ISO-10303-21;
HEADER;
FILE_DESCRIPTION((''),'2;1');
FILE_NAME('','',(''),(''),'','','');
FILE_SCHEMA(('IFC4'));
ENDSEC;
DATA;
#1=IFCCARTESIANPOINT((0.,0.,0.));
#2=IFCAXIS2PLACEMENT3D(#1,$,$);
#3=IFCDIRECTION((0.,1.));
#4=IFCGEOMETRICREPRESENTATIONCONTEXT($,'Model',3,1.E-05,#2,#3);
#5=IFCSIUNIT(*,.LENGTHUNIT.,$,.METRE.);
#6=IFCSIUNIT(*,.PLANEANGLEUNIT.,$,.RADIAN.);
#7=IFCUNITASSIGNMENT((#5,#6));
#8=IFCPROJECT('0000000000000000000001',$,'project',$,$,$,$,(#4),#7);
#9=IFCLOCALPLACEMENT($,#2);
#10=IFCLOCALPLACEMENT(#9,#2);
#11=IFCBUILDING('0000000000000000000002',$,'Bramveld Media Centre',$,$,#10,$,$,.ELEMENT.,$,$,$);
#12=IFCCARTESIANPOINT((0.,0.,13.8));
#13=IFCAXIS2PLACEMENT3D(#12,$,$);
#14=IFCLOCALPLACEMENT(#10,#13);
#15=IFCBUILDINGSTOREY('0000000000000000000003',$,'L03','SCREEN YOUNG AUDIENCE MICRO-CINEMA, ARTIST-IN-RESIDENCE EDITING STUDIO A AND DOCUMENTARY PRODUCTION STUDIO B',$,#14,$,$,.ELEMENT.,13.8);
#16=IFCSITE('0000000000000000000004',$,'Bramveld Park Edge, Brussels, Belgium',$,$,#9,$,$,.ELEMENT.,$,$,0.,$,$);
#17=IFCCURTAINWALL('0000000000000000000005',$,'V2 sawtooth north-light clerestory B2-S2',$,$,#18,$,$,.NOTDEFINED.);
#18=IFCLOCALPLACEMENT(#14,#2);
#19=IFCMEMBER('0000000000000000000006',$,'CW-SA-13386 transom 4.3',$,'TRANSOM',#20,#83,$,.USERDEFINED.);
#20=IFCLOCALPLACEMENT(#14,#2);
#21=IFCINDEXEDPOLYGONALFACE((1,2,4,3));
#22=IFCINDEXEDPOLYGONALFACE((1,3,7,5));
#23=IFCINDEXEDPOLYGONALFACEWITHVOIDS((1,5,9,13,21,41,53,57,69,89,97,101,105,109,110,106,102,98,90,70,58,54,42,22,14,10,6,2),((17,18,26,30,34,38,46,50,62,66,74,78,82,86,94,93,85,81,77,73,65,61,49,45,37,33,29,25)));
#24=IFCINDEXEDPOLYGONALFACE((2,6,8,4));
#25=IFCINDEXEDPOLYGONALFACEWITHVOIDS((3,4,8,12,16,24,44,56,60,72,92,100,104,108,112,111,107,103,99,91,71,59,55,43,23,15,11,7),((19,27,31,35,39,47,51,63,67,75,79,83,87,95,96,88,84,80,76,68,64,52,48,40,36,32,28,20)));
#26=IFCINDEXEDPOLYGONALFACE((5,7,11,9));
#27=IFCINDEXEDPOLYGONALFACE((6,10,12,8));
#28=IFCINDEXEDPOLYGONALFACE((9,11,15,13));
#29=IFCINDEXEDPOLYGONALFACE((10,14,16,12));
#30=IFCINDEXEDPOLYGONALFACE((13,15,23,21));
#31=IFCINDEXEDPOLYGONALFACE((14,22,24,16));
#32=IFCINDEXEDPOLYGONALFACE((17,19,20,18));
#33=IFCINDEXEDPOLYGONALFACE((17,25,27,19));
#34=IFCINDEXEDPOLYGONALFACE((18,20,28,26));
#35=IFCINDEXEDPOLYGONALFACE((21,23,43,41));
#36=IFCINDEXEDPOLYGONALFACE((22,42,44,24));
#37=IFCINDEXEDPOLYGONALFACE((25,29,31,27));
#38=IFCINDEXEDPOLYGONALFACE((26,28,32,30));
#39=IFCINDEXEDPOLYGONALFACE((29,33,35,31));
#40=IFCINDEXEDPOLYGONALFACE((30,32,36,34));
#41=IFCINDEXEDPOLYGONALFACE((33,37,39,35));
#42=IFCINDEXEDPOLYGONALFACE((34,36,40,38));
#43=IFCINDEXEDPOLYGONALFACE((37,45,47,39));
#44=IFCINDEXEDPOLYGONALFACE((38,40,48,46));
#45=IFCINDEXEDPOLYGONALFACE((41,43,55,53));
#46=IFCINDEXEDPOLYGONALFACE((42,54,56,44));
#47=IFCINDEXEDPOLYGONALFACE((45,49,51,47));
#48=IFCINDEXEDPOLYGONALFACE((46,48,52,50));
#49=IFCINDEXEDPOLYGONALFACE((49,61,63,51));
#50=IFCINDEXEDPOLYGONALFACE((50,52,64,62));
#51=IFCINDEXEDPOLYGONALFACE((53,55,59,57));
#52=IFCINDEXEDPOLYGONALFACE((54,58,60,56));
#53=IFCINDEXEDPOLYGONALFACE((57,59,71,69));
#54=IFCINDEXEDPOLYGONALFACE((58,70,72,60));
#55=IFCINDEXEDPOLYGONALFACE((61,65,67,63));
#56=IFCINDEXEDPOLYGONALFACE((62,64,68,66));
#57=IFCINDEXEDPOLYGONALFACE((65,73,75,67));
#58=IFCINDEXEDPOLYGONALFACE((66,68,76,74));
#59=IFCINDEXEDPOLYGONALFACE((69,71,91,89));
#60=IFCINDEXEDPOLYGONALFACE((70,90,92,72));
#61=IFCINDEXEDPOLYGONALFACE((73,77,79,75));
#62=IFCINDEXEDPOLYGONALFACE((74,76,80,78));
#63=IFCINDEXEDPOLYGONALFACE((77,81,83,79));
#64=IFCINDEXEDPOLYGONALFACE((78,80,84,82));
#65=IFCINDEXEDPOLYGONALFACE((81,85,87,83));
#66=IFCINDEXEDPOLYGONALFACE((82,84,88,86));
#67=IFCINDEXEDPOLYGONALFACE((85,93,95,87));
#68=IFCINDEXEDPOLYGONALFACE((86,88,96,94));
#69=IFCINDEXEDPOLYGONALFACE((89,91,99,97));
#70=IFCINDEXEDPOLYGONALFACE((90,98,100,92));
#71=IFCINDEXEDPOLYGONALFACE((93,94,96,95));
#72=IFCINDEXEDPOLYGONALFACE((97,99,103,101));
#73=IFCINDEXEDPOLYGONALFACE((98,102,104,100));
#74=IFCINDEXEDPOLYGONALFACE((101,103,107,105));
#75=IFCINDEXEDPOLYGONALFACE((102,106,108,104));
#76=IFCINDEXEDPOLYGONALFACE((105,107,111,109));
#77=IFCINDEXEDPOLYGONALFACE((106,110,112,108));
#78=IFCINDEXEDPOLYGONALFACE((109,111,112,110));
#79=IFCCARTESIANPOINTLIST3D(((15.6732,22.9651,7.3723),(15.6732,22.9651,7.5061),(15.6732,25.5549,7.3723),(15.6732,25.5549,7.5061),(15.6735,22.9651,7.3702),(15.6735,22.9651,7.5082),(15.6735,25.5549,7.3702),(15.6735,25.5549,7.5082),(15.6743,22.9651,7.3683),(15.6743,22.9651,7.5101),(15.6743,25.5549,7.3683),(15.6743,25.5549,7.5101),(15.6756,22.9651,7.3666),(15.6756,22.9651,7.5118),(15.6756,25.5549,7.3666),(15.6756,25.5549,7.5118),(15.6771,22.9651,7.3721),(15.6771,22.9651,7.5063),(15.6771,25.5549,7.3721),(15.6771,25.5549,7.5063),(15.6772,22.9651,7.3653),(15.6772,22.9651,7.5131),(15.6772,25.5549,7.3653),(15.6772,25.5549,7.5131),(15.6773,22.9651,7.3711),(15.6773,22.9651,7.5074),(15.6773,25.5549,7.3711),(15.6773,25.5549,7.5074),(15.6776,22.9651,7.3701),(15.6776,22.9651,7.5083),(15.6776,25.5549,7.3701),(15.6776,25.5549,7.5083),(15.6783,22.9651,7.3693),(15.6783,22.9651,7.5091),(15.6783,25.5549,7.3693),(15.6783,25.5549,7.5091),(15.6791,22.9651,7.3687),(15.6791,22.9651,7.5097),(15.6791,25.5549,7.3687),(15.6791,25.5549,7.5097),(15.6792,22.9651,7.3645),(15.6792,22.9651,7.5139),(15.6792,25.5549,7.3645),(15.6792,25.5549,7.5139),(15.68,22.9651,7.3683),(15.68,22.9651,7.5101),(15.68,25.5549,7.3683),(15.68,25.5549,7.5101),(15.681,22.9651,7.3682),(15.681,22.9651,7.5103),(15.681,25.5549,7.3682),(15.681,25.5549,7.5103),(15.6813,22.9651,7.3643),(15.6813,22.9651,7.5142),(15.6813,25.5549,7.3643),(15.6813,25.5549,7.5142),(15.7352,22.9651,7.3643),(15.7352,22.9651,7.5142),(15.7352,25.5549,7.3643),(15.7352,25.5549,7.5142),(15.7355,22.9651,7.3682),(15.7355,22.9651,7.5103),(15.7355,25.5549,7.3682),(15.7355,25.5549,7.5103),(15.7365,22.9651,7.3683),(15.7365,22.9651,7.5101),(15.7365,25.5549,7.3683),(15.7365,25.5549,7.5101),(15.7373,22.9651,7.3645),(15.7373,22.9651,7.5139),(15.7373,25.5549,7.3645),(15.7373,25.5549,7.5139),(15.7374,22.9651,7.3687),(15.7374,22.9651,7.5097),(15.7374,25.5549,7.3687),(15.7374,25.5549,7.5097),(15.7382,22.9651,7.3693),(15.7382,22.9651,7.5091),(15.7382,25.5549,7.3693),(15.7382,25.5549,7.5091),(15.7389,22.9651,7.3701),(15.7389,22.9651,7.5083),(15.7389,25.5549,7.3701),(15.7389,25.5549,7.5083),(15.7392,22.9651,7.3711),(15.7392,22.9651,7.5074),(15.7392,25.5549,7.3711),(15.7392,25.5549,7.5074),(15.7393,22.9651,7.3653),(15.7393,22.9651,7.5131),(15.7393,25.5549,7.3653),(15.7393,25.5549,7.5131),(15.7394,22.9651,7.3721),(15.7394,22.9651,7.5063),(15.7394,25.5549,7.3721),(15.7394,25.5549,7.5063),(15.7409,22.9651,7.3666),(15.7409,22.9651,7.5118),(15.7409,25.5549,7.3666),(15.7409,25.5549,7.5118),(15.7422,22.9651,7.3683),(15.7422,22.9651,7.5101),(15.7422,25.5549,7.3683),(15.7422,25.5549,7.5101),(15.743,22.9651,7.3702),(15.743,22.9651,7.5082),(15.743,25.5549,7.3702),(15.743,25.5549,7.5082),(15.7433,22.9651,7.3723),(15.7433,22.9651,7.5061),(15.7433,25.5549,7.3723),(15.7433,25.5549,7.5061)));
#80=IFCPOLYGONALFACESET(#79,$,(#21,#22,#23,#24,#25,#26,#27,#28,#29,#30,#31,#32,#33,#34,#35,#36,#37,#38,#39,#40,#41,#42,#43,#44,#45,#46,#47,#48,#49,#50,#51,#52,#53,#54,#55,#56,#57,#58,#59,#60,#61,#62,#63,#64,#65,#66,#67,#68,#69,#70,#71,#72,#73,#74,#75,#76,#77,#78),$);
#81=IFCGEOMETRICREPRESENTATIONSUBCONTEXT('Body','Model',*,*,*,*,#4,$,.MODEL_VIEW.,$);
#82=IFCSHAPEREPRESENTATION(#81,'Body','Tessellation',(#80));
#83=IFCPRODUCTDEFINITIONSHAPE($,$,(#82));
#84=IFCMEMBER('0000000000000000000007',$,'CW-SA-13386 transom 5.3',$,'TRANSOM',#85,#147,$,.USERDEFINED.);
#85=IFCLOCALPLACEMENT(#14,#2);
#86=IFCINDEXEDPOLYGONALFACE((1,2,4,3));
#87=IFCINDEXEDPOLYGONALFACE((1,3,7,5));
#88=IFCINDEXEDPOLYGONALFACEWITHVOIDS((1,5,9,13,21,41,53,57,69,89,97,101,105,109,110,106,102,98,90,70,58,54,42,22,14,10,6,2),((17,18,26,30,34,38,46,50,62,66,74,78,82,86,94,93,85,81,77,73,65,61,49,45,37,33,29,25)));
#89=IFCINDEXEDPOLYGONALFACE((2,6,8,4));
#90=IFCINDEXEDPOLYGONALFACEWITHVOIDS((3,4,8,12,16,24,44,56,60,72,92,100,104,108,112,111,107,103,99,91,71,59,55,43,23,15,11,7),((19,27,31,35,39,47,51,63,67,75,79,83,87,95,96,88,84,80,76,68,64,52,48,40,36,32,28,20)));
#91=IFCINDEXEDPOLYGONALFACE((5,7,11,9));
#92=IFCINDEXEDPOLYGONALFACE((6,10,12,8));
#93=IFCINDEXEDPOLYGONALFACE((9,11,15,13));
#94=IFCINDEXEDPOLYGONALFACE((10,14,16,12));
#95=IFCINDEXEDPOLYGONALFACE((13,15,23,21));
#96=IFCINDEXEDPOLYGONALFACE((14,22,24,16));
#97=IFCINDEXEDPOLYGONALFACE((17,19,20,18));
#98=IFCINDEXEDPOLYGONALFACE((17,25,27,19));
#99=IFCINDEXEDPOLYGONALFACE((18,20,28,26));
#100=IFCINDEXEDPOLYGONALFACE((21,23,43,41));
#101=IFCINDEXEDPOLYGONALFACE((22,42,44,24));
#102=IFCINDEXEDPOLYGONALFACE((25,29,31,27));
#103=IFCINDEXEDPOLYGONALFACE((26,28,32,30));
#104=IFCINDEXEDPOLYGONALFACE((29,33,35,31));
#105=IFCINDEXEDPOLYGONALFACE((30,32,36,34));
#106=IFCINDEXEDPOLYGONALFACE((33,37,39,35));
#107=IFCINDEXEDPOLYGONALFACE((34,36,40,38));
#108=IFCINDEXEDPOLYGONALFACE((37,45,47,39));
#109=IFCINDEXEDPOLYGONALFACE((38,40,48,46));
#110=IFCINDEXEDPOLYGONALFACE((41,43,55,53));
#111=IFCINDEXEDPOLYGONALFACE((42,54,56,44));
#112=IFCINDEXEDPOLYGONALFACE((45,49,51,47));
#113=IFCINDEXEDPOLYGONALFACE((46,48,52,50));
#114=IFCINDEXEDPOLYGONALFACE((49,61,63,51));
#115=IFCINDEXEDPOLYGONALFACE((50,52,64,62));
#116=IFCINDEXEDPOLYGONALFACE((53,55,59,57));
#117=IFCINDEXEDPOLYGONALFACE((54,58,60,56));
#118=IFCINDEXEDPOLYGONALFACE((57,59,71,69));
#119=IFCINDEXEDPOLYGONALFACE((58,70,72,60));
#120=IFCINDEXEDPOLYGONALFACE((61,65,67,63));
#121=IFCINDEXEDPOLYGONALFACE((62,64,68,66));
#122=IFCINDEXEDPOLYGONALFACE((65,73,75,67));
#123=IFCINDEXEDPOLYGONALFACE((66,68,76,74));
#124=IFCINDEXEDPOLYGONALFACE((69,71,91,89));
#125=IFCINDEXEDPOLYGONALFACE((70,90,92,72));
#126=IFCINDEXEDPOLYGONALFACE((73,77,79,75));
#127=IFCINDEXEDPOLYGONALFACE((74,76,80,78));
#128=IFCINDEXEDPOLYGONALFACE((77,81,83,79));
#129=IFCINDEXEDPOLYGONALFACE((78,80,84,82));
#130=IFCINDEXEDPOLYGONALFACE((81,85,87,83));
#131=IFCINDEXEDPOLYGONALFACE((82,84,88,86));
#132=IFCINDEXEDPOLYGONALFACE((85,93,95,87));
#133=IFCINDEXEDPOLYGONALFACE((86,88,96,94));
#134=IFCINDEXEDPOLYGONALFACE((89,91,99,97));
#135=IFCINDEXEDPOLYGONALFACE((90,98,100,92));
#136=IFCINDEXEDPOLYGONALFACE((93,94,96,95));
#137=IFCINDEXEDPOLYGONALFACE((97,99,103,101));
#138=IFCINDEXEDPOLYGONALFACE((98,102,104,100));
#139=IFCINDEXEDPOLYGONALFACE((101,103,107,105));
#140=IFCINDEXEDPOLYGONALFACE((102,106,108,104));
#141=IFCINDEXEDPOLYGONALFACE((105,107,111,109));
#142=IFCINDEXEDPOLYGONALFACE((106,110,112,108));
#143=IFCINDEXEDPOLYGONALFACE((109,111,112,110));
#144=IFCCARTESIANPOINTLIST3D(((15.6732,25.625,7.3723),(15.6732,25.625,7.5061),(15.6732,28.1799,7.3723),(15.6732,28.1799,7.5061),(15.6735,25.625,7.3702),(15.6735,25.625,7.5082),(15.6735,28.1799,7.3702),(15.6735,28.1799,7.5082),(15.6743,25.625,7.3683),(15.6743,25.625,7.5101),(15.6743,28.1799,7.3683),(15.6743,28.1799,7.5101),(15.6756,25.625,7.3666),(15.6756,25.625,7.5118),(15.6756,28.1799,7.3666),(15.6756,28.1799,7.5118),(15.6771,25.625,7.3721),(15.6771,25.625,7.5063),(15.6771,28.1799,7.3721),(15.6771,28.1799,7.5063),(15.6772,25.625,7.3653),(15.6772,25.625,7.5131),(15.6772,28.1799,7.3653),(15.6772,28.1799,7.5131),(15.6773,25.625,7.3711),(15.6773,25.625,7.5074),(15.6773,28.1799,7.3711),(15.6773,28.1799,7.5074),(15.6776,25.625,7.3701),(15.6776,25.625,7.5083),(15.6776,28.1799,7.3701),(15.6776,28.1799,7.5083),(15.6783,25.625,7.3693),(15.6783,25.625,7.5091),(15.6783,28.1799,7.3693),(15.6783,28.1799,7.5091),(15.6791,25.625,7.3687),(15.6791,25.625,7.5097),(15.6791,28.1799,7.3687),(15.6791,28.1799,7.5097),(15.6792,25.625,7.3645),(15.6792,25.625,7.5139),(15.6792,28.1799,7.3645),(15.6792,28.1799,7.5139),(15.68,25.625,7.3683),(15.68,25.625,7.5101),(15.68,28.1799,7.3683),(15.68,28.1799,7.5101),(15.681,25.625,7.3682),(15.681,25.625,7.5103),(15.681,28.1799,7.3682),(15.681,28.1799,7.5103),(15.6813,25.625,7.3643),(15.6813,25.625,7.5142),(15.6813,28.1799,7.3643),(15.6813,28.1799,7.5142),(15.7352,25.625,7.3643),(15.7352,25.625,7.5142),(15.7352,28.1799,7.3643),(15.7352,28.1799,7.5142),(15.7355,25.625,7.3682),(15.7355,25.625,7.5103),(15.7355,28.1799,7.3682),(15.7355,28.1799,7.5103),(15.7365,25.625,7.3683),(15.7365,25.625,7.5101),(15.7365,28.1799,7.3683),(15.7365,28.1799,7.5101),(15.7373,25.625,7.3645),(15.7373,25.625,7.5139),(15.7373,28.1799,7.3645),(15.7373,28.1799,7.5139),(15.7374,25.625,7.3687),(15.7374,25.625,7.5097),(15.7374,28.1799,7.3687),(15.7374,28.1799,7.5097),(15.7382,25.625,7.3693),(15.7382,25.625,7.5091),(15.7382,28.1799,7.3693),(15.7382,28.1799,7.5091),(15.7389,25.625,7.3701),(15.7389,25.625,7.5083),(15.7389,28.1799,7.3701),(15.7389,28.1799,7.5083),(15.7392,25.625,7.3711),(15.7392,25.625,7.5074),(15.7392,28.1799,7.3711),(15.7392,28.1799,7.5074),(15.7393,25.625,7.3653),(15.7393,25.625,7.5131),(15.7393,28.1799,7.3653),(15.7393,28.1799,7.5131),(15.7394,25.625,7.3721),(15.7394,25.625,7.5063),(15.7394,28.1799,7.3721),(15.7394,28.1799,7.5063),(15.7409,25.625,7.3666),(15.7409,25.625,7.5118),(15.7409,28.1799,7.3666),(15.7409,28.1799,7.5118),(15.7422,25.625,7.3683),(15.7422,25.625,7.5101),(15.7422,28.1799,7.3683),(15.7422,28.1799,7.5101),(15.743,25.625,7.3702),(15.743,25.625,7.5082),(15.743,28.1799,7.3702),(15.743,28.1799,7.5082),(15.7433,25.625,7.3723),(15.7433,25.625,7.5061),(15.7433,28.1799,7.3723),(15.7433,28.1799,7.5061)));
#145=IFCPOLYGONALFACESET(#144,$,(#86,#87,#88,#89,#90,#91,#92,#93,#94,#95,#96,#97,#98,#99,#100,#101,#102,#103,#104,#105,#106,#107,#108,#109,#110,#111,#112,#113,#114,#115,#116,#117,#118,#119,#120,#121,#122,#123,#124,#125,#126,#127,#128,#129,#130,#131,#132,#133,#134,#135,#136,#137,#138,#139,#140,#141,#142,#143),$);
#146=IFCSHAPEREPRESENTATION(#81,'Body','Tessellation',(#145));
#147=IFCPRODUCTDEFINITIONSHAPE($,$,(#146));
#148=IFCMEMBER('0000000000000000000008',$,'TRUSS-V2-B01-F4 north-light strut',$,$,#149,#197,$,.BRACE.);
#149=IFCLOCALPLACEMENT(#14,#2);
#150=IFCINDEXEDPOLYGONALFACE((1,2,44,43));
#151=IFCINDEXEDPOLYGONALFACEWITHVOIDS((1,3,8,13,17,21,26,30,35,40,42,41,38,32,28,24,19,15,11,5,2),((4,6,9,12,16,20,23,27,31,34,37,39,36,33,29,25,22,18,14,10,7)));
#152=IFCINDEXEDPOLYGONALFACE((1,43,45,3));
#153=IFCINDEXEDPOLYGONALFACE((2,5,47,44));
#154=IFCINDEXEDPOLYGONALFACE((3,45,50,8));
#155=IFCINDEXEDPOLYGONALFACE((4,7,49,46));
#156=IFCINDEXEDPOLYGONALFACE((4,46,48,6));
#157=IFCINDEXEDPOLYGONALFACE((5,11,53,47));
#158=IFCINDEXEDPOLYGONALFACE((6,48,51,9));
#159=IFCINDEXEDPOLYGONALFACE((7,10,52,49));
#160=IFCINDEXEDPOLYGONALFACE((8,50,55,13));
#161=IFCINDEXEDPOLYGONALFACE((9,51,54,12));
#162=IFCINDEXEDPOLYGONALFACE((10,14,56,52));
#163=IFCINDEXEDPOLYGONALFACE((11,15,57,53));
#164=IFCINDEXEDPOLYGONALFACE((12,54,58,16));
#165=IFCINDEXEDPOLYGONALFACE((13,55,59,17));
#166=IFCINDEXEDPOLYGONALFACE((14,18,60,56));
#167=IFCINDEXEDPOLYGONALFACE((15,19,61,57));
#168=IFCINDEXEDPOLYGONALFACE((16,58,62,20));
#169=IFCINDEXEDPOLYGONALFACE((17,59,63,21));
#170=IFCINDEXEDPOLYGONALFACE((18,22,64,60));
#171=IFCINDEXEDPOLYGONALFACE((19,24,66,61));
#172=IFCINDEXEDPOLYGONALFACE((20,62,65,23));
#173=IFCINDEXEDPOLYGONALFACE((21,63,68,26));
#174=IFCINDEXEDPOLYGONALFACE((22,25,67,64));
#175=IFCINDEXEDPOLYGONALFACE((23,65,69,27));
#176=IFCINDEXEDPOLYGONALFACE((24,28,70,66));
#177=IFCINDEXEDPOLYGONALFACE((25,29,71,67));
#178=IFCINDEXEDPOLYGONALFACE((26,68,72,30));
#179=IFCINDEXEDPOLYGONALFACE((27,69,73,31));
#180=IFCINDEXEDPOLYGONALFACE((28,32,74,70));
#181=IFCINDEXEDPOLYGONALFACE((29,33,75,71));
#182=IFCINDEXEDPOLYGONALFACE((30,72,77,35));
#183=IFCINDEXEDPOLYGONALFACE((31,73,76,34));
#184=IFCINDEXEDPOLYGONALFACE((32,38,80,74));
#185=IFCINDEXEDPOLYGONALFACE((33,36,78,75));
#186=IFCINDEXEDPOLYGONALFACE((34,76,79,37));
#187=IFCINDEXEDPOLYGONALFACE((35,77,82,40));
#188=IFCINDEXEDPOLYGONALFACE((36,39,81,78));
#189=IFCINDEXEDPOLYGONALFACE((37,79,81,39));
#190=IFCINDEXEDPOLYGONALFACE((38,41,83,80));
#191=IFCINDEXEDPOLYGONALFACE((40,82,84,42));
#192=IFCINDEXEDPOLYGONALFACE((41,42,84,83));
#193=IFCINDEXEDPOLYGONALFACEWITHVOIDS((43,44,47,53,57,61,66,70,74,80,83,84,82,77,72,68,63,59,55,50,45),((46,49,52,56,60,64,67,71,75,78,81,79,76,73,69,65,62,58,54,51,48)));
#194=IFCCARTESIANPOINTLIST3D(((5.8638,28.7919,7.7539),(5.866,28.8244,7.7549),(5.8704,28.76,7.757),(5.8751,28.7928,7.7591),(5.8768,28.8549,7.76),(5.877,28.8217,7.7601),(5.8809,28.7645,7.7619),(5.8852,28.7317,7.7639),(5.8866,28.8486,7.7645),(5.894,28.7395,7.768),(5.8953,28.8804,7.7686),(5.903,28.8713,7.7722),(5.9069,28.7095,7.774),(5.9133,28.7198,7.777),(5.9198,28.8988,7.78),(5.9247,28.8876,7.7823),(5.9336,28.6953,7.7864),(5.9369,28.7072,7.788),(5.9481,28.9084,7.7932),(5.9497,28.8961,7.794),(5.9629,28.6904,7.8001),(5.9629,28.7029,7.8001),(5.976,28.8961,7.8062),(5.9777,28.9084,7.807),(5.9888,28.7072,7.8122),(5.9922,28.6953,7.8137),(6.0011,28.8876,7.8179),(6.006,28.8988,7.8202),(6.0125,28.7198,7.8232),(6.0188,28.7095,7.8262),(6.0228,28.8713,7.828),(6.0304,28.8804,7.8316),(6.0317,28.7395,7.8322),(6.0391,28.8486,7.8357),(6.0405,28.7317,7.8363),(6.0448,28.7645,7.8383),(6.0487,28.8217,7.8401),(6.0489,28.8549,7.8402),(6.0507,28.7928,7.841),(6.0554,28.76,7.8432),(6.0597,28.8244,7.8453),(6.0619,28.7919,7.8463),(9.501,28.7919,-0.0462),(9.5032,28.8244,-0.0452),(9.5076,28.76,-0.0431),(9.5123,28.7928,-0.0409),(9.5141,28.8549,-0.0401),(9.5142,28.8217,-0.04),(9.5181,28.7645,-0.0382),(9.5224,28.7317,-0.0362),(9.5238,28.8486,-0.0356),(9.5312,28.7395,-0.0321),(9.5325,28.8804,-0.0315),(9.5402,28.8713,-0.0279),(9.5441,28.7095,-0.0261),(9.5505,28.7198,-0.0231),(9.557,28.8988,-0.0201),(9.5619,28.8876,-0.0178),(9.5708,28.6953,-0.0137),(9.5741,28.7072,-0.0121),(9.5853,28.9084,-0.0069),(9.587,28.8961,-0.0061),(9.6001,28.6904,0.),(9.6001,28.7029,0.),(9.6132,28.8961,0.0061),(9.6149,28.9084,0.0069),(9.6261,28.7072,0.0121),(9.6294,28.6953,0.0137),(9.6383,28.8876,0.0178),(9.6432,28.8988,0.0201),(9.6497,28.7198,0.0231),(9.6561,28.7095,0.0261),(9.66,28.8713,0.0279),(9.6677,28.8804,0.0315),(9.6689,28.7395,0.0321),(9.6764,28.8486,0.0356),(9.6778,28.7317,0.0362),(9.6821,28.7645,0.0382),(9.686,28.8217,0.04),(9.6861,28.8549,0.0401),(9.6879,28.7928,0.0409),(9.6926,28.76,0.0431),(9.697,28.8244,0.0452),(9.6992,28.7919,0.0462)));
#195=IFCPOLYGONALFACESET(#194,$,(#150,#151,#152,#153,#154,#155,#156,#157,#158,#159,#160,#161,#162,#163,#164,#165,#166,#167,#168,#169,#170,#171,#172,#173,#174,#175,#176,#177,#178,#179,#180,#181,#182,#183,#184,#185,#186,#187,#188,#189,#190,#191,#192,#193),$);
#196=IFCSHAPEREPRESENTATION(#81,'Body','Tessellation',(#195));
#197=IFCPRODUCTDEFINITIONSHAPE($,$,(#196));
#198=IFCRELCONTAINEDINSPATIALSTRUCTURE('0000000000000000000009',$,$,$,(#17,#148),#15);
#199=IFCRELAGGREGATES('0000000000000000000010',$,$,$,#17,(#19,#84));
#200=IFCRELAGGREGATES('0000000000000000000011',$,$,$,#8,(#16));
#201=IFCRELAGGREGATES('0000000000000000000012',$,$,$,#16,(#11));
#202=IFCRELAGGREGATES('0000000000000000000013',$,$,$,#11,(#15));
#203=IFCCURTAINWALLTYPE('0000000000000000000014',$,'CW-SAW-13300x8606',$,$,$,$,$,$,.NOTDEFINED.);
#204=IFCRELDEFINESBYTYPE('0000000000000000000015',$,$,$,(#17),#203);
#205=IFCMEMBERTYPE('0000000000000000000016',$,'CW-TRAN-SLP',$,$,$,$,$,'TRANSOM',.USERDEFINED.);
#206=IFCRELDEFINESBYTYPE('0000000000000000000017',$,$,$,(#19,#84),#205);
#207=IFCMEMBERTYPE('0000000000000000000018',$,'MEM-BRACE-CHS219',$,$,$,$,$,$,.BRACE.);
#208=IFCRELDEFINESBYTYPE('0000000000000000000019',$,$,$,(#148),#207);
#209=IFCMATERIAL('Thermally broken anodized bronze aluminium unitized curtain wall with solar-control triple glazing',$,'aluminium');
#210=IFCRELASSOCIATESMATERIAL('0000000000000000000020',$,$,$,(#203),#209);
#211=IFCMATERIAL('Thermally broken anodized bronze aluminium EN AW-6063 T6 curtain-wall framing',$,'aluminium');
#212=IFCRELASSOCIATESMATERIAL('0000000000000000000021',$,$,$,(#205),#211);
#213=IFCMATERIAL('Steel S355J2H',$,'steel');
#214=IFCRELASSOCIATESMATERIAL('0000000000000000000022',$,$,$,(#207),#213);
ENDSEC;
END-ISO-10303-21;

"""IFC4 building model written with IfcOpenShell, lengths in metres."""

from ifc_helpers import new_model, si_unit, direction, frame, origin, origin_2d, place, context, subcontext, project, spatial, hollow_rectangle, hollow_circle, extrude, material, material_profile, profile_set, type_object, element, aggregate, save


model = new_model("IFC4")

# Units and contexts
model_context = context("Model", 3, precision=1e-05, world=origin(), true_north=direction((0.0, 1.0)))
body_context = subcontext(model_context, "Body", "Model", "MODEL_VIEW")
ifc_project = project(units=[si_unit("LENGTHUNIT", "METRE"), si_unit("PLANEANGLEUNIT", "RADIAN")], contexts=[model_context])

# Site, building, storey
site_placement = place(None, origin())
site = spatial("IfcSite", under=ifc_project, at=site_placement, Name="Bramveld Park Edge, Brussels, Belgium", CompositionType="ELEMENT", RefElevation=0.0)
building_placement = place(site_placement, origin())
building = spatial("IfcBuilding", under=site, at=building_placement, Name="Bramveld Media Centre", CompositionType="ELEMENT")
storey_placement = place(building_placement, frame((0.0, 0.0, 13.8)))
storey = spatial("IfcBuildingStorey", under=building, at=storey_placement, Name="L03", Description="SCREEN YOUNG AUDIENCE MICRO-CINEMA, ARTIST-IN-RESIDENCE EDITING STUDIO A AND DOCUMENTARY PRODUCTION STUDIO B", CompositionType="ELEMENT", Elevation=13.8)

# Curtain wall, members
ifc_material_1 = material(Name="Thermally broken anodized bronze aluminium unitized curtain wall with solar-control triple glazing", Category="aluminium")
curtain_wall_type = type_object("IfcCurtainWallType", Name="CW-SAW-13300x8606", PredefinedType="NOTDEFINED", material=ifc_material_1)
ifc_material_2 = material(Name="Thermally broken anodized bronze aluminium EN AW-6063 T6 curtain-wall framing", Category="aluminium")
ifc_material_profile_1 = material_profile(ifc_material_2, hollow_rectangle(XDim=0.0701, YDim=0.1499, WallThickness=0.0039, InnerFilletRadius=0.0039, OuterFilletRadius=0.0081, at=origin_2d()), Name="AL-TRAN 70x150")
ifc_profile_set_1 = profile_set([ifc_material_profile_1], Name="Thermally broken anodized bronze aluminium EN AW-6063 T6 curtain-wall framing")
member_type_1 = type_object("IfcMemberType", Name="CW-TRAN-SLP", ElementType="TRANSOM", PredefinedType="USERDEFINED", material=ifc_profile_set_1)
curtain_wall_1_placement = place(storey_placement, origin())
curtain_wall_1 = element("IfcCurtainWall", 1, at=curtain_wall_1_placement, inside=storey, type_object=curtain_wall_type, Name="V2 sawtooth north-light clerestory B2-S2", PredefinedType="NOTDEFINED")
member_1_placement = place(storey_placement, frame((15.7083, 22.9651, 7.4392), z_axis=(0.0, 1.0, 0.0), x_axis=(-1.0, 0.0, 0.0)))
member_1 = element("IfcMember", 2, at=member_1_placement, type_object=member_type_1, Name="CW-SA-13386 transom 4.3", ObjectType="TRANSOM", PredefinedType="USERDEFINED", context=body_context, shape_type="SweptSolid", body=[
    extrude(hollow_rectangle(XDim=0.0701, YDim=0.1499, WallThickness=0.0039, InnerFilletRadius=0.0039, OuterFilletRadius=0.0081, at=origin_2d()), origin(), (0.0, 0.0, 1.0), 2.5898),
])
member_2_placement = place(storey_placement, frame((15.7083, 25.625, 7.4392), z_axis=(0.0, 1.0, 0.0), x_axis=(-1.0, 0.0, 0.0)))
member_2 = element("IfcMember", 3, at=member_2_placement, type_object=member_type_1, Name="CW-SA-13386 transom 5.3", ObjectType="TRANSOM", PredefinedType="USERDEFINED", context=body_context, shape_type="SweptSolid", body=[
    extrude(hollow_rectangle(XDim=0.0701, YDim=0.1499, WallThickness=0.0039, InnerFilletRadius=0.0039, OuterFilletRadius=0.0081, at=origin_2d()), origin(), (0.0, 0.0, 1.0), 2.5549),
])
aggregate(curtain_wall_1, [member_1, member_2])

# Member
ifc_material_3 = material(Name="Steel S355J2H", Category="steel")
ifc_material_profile_2 = material_profile(ifc_material_3, hollow_circle(Radius=0.1096, WallThickness=0.0125, at=origin_2d()), Name="CHS 219.1x12.5")
ifc_profile_set_2 = profile_set([ifc_material_profile_2], Name="Steel S355J2H")
member_type_2 = type_object("IfcMemberType", Name="MEM-BRACE-CHS219", PredefinedType="BRACE", material=ifc_profile_set_2)
member_3_placement = place(storey_placement, frame((9.6001, 28.8, 0.0), z_axis=(-0.422617, 0.0, 0.906308), x_axis=(0.0, -1.0, 0.0)))
element("IfcMember", 4, at=member_3_placement, inside=storey, type_object=member_type_2, Name="TRUSS-V2-B01-F4 north-light strut", PredefinedType="BRACE", context=body_context, shape_type="SweptSolid", body=[
    extrude(hollow_circle(Radius=0.1096, WallThickness=0.0125, at=origin_2d()), origin(), (0.0, 0.0, 1.0), 8.6064),
])

save(model, "model.ifc")
